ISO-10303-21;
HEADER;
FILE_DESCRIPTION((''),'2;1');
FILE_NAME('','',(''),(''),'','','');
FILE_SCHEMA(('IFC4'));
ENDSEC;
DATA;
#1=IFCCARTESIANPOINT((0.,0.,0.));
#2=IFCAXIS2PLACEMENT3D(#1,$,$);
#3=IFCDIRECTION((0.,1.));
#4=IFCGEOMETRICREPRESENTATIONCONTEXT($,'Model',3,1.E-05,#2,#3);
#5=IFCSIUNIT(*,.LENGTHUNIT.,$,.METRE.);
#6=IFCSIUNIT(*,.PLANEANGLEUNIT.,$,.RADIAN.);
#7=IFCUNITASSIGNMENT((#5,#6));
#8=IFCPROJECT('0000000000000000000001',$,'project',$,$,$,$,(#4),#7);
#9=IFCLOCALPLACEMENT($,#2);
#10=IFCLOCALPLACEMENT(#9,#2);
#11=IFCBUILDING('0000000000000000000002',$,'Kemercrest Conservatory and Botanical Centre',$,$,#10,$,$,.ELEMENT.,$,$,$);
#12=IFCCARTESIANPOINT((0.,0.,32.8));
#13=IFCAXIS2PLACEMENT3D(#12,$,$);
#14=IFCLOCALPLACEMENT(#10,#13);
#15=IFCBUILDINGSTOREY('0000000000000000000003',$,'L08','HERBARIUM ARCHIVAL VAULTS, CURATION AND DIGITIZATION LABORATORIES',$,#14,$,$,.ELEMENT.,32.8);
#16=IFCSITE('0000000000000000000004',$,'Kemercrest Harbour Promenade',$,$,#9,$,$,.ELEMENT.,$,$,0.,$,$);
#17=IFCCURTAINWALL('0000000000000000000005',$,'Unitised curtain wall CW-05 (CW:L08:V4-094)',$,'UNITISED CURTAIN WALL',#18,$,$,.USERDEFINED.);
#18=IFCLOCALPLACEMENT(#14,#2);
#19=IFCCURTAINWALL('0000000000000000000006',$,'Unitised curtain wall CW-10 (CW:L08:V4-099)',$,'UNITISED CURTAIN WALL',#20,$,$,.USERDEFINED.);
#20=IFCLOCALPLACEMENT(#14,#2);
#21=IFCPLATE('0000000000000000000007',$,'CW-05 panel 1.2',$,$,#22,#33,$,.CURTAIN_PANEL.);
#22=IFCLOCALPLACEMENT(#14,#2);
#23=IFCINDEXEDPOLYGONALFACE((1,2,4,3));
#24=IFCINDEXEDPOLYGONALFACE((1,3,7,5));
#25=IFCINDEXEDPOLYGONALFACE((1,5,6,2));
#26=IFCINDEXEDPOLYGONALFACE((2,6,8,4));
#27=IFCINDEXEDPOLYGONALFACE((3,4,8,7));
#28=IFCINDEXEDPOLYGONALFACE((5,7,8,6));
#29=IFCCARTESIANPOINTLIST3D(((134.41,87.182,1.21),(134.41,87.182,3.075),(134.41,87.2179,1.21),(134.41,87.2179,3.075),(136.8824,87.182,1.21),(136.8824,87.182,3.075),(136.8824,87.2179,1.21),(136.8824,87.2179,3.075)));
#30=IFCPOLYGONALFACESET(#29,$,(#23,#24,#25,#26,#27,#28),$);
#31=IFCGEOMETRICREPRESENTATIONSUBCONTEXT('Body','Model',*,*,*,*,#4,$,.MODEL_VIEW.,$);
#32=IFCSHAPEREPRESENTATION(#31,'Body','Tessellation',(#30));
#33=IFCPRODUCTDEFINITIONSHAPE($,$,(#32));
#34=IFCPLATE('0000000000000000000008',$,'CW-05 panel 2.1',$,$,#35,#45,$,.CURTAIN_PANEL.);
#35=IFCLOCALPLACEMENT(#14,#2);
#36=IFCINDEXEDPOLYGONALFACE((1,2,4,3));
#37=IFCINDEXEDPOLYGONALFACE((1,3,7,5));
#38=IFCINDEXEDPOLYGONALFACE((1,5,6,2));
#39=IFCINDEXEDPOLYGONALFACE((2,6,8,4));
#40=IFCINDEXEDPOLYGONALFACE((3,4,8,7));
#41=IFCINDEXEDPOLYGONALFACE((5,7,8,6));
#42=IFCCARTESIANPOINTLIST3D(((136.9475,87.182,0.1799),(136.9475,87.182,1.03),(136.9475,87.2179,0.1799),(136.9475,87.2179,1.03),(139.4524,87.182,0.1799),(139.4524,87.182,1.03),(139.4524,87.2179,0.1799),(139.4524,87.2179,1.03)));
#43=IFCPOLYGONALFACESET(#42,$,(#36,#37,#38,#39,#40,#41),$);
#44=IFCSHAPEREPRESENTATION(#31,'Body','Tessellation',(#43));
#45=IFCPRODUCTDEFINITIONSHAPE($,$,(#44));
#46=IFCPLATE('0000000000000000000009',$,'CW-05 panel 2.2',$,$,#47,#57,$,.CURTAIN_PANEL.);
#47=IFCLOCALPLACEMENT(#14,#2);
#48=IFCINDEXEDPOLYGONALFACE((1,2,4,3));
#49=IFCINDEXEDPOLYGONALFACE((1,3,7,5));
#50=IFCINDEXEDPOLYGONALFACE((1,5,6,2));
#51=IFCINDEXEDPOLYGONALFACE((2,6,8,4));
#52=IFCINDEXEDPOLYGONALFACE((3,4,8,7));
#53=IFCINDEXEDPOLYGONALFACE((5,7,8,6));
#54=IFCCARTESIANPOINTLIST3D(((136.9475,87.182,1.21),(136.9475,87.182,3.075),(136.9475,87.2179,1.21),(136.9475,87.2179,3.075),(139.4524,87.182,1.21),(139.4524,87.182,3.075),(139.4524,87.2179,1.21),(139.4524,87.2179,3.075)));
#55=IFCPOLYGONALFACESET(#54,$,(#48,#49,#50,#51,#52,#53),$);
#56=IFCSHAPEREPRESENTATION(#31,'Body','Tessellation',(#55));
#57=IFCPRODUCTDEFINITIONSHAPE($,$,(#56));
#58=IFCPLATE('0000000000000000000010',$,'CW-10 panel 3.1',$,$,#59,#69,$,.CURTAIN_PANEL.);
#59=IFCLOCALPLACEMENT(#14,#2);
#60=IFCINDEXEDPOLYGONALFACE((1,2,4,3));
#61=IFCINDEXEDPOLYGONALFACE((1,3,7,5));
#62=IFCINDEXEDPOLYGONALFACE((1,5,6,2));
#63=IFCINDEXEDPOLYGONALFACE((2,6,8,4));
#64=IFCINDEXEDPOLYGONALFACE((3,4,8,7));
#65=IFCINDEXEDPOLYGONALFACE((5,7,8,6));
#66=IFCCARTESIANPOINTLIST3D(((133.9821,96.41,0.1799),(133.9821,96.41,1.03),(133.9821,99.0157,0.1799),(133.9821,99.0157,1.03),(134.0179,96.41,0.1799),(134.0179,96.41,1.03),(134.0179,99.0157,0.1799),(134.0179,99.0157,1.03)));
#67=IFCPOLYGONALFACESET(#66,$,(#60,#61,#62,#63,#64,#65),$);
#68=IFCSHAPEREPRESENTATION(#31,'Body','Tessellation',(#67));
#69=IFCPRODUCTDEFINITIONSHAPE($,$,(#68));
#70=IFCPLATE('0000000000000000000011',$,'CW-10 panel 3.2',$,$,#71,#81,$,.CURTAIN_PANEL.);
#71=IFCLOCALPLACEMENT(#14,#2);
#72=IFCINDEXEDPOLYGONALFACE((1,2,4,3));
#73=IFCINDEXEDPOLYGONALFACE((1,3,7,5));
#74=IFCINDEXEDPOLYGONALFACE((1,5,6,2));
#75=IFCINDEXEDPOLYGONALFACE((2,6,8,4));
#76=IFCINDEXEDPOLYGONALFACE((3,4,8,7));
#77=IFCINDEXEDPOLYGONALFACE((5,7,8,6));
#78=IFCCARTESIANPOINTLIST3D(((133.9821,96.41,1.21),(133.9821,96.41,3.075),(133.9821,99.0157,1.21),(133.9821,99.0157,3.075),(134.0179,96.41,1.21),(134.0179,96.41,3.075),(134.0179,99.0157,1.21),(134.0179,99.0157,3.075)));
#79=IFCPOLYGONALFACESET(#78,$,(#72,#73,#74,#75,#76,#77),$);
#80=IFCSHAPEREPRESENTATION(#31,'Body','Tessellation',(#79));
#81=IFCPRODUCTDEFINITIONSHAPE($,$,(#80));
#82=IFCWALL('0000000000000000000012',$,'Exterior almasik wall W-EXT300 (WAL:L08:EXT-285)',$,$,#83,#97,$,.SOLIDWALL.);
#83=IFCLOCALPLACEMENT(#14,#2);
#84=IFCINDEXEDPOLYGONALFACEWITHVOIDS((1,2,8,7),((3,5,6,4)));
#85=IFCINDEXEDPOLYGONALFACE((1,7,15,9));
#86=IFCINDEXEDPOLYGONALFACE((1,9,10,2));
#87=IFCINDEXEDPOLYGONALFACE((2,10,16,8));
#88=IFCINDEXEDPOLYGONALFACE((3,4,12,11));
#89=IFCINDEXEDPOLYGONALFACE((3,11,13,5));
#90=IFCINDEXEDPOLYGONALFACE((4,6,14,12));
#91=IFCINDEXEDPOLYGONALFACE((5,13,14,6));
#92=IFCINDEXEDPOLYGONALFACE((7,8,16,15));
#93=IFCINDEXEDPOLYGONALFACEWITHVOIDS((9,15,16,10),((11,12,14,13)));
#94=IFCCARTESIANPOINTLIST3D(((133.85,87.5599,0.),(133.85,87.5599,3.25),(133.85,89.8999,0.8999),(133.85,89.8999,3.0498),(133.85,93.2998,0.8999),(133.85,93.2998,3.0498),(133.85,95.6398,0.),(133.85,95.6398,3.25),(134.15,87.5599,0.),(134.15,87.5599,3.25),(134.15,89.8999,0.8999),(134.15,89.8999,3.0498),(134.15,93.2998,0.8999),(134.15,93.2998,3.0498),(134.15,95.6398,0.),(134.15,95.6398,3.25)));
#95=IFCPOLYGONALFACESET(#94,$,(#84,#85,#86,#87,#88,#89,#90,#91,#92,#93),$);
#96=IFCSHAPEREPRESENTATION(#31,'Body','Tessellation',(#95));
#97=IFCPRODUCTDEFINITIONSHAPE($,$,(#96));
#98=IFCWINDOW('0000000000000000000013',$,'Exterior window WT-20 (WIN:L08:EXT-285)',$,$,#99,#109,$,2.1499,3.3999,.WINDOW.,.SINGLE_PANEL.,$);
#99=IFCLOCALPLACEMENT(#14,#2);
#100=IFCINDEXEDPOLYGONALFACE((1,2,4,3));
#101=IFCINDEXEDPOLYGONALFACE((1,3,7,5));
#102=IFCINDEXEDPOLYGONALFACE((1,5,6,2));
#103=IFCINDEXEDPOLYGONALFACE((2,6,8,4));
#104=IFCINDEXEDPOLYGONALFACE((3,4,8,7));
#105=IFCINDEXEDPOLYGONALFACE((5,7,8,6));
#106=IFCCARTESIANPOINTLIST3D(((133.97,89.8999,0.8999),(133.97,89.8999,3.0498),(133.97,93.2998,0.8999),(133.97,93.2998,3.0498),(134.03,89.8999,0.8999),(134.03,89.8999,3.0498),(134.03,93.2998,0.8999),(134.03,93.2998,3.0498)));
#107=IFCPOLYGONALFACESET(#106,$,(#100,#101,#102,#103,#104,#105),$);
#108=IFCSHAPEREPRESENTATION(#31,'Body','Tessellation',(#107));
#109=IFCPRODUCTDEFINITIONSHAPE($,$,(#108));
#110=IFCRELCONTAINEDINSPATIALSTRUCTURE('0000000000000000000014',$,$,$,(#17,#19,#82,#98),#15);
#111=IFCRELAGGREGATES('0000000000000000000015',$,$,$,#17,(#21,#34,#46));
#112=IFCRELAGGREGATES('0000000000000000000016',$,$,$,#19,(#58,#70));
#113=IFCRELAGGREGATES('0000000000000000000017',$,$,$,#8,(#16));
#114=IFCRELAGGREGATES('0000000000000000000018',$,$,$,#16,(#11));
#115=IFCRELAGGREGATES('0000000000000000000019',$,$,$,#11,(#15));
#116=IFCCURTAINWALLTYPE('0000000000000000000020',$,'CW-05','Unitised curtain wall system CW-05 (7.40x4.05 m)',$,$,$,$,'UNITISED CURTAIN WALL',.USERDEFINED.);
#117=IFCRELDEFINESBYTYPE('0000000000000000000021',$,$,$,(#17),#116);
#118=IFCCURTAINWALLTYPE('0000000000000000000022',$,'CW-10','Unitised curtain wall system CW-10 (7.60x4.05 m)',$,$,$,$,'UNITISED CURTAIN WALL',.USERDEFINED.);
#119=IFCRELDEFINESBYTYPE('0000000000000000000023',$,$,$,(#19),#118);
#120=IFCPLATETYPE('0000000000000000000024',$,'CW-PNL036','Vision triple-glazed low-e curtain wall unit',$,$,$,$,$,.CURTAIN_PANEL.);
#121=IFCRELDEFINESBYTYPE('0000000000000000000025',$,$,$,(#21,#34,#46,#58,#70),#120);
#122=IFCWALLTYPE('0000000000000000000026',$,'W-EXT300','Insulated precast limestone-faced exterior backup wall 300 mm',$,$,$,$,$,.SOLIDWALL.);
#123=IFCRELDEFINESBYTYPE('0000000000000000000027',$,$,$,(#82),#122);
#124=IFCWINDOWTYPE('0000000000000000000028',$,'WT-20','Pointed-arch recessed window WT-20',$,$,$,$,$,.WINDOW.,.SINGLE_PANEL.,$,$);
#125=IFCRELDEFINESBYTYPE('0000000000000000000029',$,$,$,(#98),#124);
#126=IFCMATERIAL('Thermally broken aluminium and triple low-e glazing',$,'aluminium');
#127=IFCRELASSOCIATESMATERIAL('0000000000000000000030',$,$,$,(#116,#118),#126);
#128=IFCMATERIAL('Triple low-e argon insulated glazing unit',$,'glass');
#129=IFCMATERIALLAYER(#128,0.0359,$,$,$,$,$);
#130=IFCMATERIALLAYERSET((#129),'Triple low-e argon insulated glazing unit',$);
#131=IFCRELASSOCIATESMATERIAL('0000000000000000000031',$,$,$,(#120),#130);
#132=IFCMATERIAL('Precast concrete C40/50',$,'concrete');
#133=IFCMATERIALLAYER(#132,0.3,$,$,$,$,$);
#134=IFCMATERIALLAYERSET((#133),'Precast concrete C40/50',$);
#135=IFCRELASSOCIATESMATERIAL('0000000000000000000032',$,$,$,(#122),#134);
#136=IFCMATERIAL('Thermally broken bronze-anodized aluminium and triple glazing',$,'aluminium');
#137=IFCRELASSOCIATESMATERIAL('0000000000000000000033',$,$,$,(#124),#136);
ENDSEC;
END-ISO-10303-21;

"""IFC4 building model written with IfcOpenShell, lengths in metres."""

from ifc_helpers import new_model, si_unit, direction, frame, frame_2d, origin, origin_2d, place, context, subcontext, project, spatial, rectangle, extrude, material, layer, layer_set, type_object, element, fill, aggregate, save


model = new_model("IFC4")

# Units and contexts
model_context = context("Model", 3, precision=1e-05, world=origin(), true_north=direction((0.0, 1.0)))
body_context = subcontext(model_context, "Body", "Model", "MODEL_VIEW")
ifc_project = project(units=[si_unit("LENGTHUNIT", "METRE"), si_unit("PLANEANGLEUNIT", "RADIAN")], contexts=[model_context])

# Site, building, storey
site_placement = place(None, origin())
site = spatial("IfcSite", under=ifc_project, at=site_placement, Name="Kemercrest Harbour Promenade", CompositionType="ELEMENT", RefElevation=0.0)
building_placement = place(site_placement, origin())
building = spatial("IfcBuilding", under=site, at=building_placement, Name="Kemercrest Conservatory and Botanical Centre", CompositionType="ELEMENT")
storey_placement = place(building_placement, frame((0.0, 0.0, 32.8)))
storey = spatial("IfcBuildingStorey", under=building, at=storey_placement, Name="L08", Description="HERBARIUM ARCHIVAL VAULTS, CURATION AND DIGITIZATION LABORATORIES", CompositionType="ELEMENT", Elevation=32.8)

# Curtain wall
ifc_material_1 = material(Name="Thermally broken aluminium and triple low-e glazing", Category="aluminium")
curtain_wall_type_1 = type_object("IfcCurtainWallType", Name="CW-05", Description="Unitised curtain wall system CW-05 (7.40x4.05 m)", ElementType="UNITISED CURTAIN WALL", PredefinedType="USERDEFINED", material=ifc_material_1)
curtain_wall_1_placement = place(storey_placement, origin())
curtain_wall_1 = element("IfcCurtainWall", 1, at=curtain_wall_1_placement, inside=storey, type_object=curtain_wall_type_1, Name="Unitised curtain wall CW-05 (CW:L08:V4-094)", ObjectType="UNITISED CURTAIN WALL", PredefinedType="USERDEFINED")

# Curtain wall
curtain_wall_type_2 = type_object("IfcCurtainWallType", Name="CW-10", Description="Unitised curtain wall system CW-10 (7.60x4.05 m)", ElementType="UNITISED CURTAIN WALL", PredefinedType="USERDEFINED", material=ifc_material_1)
curtain_wall_2_placement = place(storey_placement, origin())
curtain_wall_2 = element("IfcCurtainWall", 2, at=curtain_wall_2_placement, inside=storey, type_object=curtain_wall_type_2, Name="Unitised curtain wall CW-10 (CW:L08:V4-099)", ObjectType="UNITISED CURTAIN WALL", PredefinedType="USERDEFINED")

# Plates
ifc_material_2 = material(Name="Triple low-e argon insulated glazing unit", Category="glass")
ifc_layer_1 = layer(ifc_material_2, 0.0359)
ifc_layer_set_1 = layer_set([ifc_layer_1], Name="Triple low-e argon insulated glazing unit")
plate_type = type_object("IfcPlateType", Name="CW-PNL036", Description="Vision triple-glazed low-e curtain wall unit", PredefinedType="CURTAIN_PANEL", material=ifc_layer_set_1)
plate_1_placement = place(storey_placement, frame((135.6462, 87.2, 1.21), z_axis=(0.0, 0.0, 1.0), x_axis=(1.0, 0.0, 0.0)))
plate_1 = element("IfcPlate", 3, at=plate_1_placement, type_object=plate_type, Name="CW-05 panel 1.2", PredefinedType="CURTAIN_PANEL", context=body_context, shape_type="SweptSolid", body=[
    extrude(rectangle(XDim=2.4724, YDim=0.0359, at=origin_2d()), origin(), (0.0, 0.0, 1.0), 1.865),
])
plate_2_placement = place(storey_placement, frame((138.2, 87.2, 0.1799), z_axis=(0.0, 0.0, 1.0), x_axis=(1.0, 0.0, 0.0)))
plate_2 = element("IfcPlate", 4, at=plate_2_placement, type_object=plate_type, Name="CW-05 panel 2.1", PredefinedType="CURTAIN_PANEL", context=body_context, shape_type="SweptSolid", body=[
    extrude(rectangle(XDim=2.5049, YDim=0.0359, at=origin_2d()), origin(), (0.0, 0.0, 1.0), 0.8501),
])
plate_3_placement = place(storey_placement, frame((138.2, 87.2, 1.21), z_axis=(0.0, 0.0, 1.0), x_axis=(1.0, 0.0, 0.0)))
plate_3 = element("IfcPlate", 5, at=plate_3_placement, type_object=plate_type, Name="CW-05 panel 2.2", PredefinedType="CURTAIN_PANEL", context=body_context, shape_type="SweptSolid", body=[
    extrude(rectangle(XDim=2.5049, YDim=0.0359, at=origin_2d()), origin(), (0.0, 0.0, 1.0), 1.865),
])
aggregate(curtain_wall_1, [plate_1, plate_2, plate_3])
plate_4_placement = place(storey_placement, frame((134.0, 97.7129, 0.1799), z_axis=(0.0, 0.0, 1.0), x_axis=(0.0, -1.0, 0.0)))
plate_4 = element("IfcPlate", 6, at=plate_4_placement, type_object=plate_type, Name="CW-10 panel 3.1", PredefinedType="CURTAIN_PANEL", context=body_context, shape_type="SweptSolid", body=[
    extrude(rectangle(XDim=2.6057, YDim=0.0359, at=origin_2d()), origin(), (0.0, 0.0, 1.0), 0.8501),
])
plate_5_placement = place(storey_placement, frame((134.0, 97.7129, 1.21), z_axis=(0.0, 0.0, 1.0), x_axis=(0.0, -1.0, 0.0)))
plate_5 = element("IfcPlate", 7, at=plate_5_placement, type_object=plate_type, Name="CW-10 panel 3.2", PredefinedType="CURTAIN_PANEL", context=body_context, shape_type="SweptSolid", body=[
    extrude(rectangle(XDim=2.6057, YDim=0.0359, at=origin_2d()), origin(), (0.0, 0.0, 1.0), 1.865),
])
aggregate(curtain_wall_2, [plate_4, plate_5])

# Wall, opening, window
ifc_material_3 = material(Name="Precast concrete C40/50", Category="concrete")
ifc_layer_2 = layer(ifc_material_3, 0.3)
ifc_layer_set_2 = layer_set([ifc_layer_2], Name="Precast concrete C40/50")
wall_type = type_object("IfcWallType", Name="W-EXT300", Description="Insulated precast limestone-faced exterior backup wall 300 mm", PredefinedType="SOLIDWALL", material=ifc_layer_set_2)
wall_placement = place(storey_placement, frame((134.0, 95.6399, 0.0), z_axis=(0.0, 0.0, 1.0), x_axis=(0.0, -1.0, 0.0)))
wall = element("IfcWall", 8, at=wall_placement, inside=storey, type_object=wall_type, Name="Exterior almasik wall W-EXT300 (WAL:L08:EXT-285)", PredefinedType="SOLIDWALL", context=body_context, shape_type="SweptSolid", body=[
    extrude(rectangle(XDim=8.0798, YDim=0.3, at=frame_2d((4.04, 0.0))), origin(), (0.0, 0.0, 1.0), 3.25),
])
opening_placement = place(wall_placement, frame((2.3401, 0.0, 0.8999)))
opening = element("IfcOpeningElement", 9, at=opening_placement, cuts=wall, PredefinedType="OPENING", context=body_context, shape_type="SweptSolid", body=[
    extrude(rectangle(XDim=3.3999, YDim=2.1499, at=frame_2d((1.7, 1.075))), frame((0.0, 0.1602, 0.0), z_axis=(0.0, -1.0, 0.0), x_axis=(1.0, 0.0, 0.0)), (0.0, 0.0, 1.0), 0.3201),
])
ifc_material_4 = material(Name="Thermally broken bronze-anodized aluminium and triple glazing", Category="aluminium")
window_type = type_object("IfcWindowType", Name="WT-20", Description="Pointed-arch recessed window WT-20", PartitioningType="SINGLE_PANEL", PredefinedType="WINDOW", material=ifc_material_4)
window_placement = place(opening_placement, origin())
window = element("IfcWindow", 10, at=window_placement, inside=storey, type_object=window_type, Name="Exterior window WT-20 (WIN:L08:EXT-285)", OverallHeight=2.1499, OverallWidth=3.3999, PartitioningType="SINGLE_PANEL", PredefinedType="WINDOW", context=body_context, shape_type="SweptSolid", body=[
    extrude(rectangle(XDim=3.3999, YDim=2.1499, at=frame_2d((1.7, 1.075))), frame((0.0, 0.03, 0.0), z_axis=(0.0, -1.0, 0.0), x_axis=(1.0, 0.0, 0.0)), (0.0, 0.0, 1.0), 0.0601),
])
fill(opening, window)

save(model, "model.ifc")
